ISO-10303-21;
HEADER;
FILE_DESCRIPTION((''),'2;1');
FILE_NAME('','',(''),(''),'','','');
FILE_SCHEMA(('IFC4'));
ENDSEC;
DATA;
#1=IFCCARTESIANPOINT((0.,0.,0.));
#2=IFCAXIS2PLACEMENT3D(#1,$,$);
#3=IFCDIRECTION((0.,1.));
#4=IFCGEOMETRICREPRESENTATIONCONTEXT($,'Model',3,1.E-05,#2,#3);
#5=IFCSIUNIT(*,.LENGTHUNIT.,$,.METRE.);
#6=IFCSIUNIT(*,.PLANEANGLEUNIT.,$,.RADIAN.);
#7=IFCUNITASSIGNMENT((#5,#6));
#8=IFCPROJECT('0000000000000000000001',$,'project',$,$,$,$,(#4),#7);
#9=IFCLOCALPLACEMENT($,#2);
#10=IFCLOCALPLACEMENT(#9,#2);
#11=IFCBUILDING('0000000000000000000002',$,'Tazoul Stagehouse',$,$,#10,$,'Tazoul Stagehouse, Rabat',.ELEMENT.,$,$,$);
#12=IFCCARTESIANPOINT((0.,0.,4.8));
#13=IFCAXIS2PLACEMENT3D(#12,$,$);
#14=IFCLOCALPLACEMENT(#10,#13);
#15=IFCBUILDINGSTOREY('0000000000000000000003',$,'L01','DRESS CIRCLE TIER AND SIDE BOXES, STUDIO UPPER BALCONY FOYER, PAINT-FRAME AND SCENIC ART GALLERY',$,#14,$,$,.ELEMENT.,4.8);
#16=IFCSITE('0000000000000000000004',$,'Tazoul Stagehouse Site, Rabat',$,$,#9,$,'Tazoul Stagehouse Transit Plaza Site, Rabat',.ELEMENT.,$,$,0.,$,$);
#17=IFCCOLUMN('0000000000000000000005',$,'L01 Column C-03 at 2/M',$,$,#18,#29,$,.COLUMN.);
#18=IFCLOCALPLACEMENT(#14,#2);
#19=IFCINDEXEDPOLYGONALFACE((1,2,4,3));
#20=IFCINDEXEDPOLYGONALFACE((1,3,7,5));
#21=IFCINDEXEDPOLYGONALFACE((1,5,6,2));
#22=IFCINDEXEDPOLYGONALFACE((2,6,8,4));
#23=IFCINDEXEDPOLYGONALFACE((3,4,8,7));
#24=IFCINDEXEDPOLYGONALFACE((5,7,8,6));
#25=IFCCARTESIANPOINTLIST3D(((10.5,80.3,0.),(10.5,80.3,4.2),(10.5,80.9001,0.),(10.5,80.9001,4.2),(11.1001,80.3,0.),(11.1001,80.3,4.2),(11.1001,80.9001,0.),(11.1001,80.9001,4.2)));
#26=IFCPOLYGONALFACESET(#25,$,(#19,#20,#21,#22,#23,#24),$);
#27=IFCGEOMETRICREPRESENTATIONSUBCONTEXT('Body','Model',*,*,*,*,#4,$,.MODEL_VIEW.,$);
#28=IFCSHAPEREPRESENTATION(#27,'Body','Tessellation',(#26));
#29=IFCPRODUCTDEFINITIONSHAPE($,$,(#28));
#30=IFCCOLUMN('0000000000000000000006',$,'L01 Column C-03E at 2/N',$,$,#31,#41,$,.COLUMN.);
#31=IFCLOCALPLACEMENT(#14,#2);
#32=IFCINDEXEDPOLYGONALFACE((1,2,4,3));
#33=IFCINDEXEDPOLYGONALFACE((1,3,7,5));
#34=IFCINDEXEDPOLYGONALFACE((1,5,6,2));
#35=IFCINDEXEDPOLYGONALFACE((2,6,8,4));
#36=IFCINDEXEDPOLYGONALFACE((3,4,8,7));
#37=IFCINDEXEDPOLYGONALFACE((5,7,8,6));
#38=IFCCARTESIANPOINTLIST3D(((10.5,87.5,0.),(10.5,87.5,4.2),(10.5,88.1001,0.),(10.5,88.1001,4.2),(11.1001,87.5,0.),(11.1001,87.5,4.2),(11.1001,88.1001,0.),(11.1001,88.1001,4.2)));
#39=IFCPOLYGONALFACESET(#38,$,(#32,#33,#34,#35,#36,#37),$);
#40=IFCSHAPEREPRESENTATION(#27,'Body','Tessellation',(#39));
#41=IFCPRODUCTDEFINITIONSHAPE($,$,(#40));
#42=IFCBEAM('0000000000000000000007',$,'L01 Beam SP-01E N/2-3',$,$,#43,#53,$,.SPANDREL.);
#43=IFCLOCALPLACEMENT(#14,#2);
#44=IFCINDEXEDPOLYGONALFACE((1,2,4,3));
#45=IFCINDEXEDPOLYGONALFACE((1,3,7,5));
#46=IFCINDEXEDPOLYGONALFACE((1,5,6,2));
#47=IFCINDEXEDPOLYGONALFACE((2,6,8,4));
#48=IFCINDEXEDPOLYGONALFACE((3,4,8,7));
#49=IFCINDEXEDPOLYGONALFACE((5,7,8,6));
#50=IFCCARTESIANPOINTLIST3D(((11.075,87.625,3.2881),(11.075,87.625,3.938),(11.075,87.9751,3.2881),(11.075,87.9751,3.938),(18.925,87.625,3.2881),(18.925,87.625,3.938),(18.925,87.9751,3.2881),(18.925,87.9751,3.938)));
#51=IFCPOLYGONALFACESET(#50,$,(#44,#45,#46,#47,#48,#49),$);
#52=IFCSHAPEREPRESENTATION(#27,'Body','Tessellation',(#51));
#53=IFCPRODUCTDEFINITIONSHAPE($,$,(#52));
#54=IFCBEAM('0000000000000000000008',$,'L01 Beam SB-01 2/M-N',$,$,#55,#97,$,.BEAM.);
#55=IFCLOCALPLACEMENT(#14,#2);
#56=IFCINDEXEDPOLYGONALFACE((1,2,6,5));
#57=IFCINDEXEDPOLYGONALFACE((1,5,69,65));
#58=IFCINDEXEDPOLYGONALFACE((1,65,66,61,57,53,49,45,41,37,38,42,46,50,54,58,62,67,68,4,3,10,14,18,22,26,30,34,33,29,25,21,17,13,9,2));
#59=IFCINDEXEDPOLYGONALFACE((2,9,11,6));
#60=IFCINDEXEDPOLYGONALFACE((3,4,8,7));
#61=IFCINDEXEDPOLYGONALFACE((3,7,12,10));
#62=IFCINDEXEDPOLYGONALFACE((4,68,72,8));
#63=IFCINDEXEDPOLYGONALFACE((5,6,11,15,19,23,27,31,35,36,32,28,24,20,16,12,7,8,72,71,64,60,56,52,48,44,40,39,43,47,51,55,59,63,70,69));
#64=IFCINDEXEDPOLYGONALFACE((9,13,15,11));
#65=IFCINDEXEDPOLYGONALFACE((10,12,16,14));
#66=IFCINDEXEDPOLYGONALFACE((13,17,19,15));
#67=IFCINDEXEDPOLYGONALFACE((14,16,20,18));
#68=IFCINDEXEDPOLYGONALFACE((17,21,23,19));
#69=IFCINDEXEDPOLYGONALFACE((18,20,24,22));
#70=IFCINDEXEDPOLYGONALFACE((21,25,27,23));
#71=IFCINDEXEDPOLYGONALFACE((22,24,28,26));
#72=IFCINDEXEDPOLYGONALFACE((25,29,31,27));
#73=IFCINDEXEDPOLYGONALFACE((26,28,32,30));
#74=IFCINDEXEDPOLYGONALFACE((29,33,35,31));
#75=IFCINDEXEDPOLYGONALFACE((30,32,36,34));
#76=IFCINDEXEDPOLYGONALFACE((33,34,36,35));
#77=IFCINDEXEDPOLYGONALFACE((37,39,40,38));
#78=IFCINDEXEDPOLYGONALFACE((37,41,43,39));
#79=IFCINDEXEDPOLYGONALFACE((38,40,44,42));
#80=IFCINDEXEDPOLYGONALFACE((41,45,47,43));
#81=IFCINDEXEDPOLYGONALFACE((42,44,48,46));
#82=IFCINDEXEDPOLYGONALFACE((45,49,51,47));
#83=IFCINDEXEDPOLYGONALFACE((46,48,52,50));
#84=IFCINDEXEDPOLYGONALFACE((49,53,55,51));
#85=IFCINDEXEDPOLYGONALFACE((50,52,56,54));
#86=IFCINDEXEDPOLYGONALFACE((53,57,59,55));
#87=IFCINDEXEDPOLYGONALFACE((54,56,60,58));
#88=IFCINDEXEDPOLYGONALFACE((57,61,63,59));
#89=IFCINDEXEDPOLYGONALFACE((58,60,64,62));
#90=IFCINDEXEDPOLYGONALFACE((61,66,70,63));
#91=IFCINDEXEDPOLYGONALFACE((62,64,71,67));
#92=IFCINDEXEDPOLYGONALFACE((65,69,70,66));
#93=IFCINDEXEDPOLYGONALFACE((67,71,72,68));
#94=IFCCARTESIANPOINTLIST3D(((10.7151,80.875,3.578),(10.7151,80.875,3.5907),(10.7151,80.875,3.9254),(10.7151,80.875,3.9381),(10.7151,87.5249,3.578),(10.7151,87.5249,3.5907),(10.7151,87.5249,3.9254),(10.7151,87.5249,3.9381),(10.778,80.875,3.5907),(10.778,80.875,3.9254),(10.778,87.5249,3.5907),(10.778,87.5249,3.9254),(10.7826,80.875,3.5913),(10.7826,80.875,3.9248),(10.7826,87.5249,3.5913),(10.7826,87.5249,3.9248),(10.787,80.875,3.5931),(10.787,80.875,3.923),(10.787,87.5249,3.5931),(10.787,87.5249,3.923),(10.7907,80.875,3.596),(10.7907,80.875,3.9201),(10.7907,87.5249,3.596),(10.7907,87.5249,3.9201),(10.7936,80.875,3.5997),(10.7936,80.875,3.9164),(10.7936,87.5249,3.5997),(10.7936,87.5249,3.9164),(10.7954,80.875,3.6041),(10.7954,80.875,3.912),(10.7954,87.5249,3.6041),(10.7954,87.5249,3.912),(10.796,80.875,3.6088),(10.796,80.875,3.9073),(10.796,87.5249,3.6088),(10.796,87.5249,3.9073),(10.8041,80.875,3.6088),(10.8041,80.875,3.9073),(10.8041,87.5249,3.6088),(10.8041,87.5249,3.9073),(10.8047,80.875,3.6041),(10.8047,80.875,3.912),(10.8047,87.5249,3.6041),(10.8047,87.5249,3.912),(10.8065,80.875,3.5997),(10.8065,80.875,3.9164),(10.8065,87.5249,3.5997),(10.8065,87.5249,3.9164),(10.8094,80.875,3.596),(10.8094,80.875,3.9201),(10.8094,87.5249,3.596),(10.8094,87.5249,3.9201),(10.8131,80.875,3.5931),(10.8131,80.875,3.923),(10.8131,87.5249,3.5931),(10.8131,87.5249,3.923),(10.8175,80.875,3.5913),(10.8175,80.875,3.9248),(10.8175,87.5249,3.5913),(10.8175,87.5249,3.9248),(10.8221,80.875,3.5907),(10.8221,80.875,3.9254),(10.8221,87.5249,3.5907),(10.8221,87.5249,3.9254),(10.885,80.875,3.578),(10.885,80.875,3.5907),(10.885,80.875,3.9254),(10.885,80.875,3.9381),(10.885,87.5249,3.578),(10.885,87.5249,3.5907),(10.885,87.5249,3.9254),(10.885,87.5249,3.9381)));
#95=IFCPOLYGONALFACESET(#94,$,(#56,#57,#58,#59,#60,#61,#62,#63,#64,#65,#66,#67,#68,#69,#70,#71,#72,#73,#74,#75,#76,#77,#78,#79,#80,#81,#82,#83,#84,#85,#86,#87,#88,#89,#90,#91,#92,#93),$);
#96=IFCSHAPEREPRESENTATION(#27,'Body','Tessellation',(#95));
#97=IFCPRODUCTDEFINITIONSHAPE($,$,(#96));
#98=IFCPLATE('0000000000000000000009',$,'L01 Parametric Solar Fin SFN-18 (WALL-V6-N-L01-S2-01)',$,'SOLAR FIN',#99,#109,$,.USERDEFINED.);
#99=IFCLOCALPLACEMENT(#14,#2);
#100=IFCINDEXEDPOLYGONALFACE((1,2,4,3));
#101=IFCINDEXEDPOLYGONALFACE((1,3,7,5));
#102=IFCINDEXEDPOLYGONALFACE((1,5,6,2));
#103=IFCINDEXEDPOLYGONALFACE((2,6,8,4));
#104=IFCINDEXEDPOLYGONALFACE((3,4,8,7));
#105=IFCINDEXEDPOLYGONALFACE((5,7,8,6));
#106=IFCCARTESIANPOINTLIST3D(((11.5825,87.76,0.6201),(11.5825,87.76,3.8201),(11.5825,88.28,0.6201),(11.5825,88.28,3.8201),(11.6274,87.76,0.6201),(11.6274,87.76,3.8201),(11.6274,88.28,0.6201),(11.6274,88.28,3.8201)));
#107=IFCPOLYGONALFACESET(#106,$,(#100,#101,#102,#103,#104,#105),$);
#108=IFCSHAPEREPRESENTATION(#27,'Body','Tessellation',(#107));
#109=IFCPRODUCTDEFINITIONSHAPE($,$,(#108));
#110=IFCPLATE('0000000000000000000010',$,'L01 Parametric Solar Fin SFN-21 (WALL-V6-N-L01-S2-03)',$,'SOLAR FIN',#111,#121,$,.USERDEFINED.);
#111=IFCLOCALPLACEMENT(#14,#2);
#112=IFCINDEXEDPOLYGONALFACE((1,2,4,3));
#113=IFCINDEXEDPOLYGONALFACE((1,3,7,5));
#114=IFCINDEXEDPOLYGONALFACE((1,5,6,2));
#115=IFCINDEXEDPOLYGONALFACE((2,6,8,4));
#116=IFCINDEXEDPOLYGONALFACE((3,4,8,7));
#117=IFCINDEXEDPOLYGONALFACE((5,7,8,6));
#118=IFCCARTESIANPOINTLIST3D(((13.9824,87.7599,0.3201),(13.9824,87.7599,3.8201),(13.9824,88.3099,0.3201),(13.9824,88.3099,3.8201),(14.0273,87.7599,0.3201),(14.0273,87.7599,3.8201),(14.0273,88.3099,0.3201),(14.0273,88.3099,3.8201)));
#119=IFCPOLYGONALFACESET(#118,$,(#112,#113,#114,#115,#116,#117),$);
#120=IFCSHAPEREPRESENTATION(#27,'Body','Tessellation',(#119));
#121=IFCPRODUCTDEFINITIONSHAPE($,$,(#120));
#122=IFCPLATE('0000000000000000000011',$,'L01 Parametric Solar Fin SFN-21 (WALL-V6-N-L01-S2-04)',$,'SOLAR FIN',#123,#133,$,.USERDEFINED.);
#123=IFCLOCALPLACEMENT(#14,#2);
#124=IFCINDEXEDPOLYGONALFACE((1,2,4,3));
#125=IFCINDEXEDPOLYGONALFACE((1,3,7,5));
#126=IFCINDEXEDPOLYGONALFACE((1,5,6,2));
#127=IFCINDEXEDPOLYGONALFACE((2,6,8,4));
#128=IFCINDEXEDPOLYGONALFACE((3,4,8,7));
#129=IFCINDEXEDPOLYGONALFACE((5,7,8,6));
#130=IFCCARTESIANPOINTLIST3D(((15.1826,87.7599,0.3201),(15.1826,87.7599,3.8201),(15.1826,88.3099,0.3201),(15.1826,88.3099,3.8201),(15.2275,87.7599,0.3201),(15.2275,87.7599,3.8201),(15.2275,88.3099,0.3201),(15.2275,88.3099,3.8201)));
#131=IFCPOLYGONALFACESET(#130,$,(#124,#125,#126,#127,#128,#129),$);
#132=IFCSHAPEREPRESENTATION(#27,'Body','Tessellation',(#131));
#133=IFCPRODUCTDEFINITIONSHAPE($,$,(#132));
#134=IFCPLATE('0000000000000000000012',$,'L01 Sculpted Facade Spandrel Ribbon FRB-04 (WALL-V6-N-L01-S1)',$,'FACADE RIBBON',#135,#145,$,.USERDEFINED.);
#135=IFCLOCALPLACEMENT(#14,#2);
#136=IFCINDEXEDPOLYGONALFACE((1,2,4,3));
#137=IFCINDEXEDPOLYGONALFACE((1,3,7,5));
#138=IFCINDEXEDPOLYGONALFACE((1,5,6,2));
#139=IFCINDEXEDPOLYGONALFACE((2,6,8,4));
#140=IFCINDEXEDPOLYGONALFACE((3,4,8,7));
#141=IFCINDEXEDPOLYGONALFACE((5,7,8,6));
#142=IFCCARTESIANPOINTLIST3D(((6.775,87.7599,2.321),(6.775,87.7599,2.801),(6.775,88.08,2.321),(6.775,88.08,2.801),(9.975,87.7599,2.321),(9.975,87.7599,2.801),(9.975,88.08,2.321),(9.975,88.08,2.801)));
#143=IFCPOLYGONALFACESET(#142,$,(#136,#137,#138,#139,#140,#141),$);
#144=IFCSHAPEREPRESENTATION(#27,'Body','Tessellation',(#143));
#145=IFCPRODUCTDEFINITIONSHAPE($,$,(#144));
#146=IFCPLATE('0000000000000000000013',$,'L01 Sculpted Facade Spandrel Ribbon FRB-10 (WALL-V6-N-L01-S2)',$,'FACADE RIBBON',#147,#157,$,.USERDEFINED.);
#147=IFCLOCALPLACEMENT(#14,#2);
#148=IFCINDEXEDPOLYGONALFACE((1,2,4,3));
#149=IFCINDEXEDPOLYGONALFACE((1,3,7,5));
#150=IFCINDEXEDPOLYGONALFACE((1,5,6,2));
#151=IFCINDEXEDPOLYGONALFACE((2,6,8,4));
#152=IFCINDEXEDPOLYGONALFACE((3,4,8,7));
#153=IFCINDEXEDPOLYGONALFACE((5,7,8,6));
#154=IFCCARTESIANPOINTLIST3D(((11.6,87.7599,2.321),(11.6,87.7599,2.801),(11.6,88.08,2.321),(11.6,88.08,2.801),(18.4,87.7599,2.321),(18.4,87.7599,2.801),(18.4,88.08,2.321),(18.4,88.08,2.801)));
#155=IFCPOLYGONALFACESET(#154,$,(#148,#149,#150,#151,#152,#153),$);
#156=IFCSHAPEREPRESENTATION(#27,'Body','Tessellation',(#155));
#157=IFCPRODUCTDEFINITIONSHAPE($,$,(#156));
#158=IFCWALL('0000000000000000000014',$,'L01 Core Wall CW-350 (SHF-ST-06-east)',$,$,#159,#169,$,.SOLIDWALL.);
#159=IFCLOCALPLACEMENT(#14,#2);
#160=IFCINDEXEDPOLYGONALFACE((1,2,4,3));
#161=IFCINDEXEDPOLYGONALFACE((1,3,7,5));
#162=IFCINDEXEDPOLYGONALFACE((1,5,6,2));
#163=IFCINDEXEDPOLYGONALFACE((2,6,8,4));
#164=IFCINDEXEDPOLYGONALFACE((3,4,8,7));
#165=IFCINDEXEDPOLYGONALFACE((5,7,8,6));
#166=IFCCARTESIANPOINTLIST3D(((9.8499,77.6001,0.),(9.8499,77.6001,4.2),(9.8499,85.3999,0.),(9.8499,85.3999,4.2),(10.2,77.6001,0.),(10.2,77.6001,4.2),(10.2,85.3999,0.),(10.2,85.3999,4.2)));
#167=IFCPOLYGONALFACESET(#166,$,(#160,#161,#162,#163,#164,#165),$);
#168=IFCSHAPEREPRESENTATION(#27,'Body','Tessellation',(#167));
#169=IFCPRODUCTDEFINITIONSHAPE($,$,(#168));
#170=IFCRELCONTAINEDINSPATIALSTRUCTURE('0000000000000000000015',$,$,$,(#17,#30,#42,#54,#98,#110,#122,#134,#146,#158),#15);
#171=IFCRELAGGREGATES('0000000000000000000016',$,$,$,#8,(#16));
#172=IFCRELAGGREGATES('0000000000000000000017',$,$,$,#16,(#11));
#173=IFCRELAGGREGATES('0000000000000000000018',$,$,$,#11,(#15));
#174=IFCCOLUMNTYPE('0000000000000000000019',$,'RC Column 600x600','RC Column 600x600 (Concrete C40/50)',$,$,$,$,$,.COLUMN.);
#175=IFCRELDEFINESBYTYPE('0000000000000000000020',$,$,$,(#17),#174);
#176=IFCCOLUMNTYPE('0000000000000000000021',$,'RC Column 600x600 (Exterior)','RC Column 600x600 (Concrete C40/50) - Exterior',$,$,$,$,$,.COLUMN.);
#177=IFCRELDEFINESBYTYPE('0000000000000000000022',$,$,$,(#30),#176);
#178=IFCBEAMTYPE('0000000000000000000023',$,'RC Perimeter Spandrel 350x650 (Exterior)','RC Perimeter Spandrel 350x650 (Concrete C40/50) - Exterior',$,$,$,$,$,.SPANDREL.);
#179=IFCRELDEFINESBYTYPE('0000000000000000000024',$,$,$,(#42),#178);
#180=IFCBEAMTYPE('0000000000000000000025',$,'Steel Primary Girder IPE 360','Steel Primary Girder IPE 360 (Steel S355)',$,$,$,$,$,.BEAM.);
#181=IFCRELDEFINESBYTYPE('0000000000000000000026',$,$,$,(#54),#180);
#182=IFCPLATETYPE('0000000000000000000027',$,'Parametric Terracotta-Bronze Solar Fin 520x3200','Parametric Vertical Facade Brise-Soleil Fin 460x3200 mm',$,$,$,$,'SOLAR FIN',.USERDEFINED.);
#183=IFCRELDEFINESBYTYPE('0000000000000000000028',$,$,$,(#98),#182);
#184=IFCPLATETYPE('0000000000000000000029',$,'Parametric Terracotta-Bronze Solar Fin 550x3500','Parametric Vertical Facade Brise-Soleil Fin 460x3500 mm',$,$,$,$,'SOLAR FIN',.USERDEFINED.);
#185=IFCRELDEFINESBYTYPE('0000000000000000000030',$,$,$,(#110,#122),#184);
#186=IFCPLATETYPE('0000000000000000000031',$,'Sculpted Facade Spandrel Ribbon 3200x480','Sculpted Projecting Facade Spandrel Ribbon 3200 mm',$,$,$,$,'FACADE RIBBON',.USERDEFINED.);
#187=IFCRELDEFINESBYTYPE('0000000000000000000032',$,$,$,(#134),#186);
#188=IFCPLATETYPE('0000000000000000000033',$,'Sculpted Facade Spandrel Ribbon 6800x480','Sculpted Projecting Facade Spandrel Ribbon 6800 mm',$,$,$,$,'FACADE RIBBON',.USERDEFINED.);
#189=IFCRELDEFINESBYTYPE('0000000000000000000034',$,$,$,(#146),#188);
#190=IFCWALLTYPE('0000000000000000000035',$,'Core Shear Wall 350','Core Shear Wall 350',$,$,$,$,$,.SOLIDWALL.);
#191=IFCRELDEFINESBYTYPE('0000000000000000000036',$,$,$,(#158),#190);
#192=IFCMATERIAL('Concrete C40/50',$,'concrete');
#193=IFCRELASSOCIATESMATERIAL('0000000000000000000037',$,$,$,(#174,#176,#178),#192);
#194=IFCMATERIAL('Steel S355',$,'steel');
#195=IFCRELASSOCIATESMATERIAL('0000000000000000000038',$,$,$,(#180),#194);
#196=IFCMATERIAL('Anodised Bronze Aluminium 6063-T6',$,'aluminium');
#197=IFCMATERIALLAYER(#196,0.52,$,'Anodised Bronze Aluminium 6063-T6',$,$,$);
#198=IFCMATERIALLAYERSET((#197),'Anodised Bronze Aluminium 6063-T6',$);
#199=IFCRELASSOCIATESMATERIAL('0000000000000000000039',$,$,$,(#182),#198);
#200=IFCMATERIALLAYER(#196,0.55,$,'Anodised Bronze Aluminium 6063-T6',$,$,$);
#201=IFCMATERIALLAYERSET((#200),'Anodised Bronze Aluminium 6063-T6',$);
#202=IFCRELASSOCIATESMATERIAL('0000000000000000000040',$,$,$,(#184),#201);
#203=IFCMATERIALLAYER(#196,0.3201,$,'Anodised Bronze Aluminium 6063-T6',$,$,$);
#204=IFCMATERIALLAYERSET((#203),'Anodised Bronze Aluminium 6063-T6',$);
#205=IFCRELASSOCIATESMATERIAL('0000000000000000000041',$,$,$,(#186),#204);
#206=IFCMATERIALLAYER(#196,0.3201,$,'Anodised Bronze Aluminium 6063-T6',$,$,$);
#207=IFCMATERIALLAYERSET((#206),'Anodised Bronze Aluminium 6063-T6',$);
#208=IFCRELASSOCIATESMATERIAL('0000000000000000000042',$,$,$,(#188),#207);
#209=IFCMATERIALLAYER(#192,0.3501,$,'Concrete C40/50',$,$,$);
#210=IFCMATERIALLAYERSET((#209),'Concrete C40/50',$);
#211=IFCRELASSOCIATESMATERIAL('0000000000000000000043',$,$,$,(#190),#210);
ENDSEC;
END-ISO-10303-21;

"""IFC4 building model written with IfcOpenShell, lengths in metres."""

from ifc_helpers import new_model, si_unit, direction, frame, frame_2d, origin, origin_2d, place, context, subcontext, project, spatial, rectangle, i_section, extrude, material, layer, layer_set, material_profile, profile_set, type_object, element, save


model = new_model("IFC4")

# Units and contexts
model_context = context("Model", 3, precision=1e-05, world=origin(), true_north=direction((0.0, 1.0)))
body_context = subcontext(model_context, "Body", "Model", "MODEL_VIEW")
ifc_project = project(units=[si_unit("LENGTHUNIT", "METRE"), si_unit("PLANEANGLEUNIT", "RADIAN")], contexts=[model_context])

# Site, building, storey
site_placement = place(None, origin())
site = spatial("IfcSite", under=ifc_project, at=site_placement, Name="Tazoul Stagehouse Site, Rabat", LongName="Tazoul Stagehouse Transit Plaza Site, Rabat", CompositionType="ELEMENT", RefElevation=0.0)
building_placement = place(site_placement, origin())
building = spatial("IfcBuilding", under=site, at=building_placement, Name="Tazoul Stagehouse", LongName="Tazoul Stagehouse, Rabat", CompositionType="ELEMENT")
storey_placement = place(building_placement, frame((0.0, 0.0, 4.8)))
storey = spatial("IfcBuildingStorey", under=building, at=storey_placement, Name="L01", Description="DRESS CIRCLE TIER AND SIDE BOXES, STUDIO UPPER BALCONY FOYER, PAINT-FRAME AND SCENIC ART GALLERY", CompositionType="ELEMENT", Elevation=4.8)

# Columns
ifc_material_1 = material(Name="Concrete C40/50", Category="concrete")
ifc_material_profile_1 = material_profile(ifc_material_1, rectangle(XDim=0.6001, YDim=0.6001, at=origin_2d()), Name="RC 600x600")
ifc_profile_set_1 = profile_set([ifc_material_profile_1], Name="Concrete C40/50")
column_type_1 = type_object("IfcColumnType", Name="RC Column 600x600", Description="RC Column 600x600 (Concrete C40/50)", PredefinedType="COLUMN", material=ifc_profile_set_1)
column_1_placement = place(storey_placement, frame((10.8, 80.6001, 0.0), z_axis=(0.0, 0.0, 1.0), x_axis=(1.0, 0.0, 0.0)))
element("IfcColumn", 1, at=column_1_placement, inside=storey, type_object=column_type_1, Name="L01 Column C-03 at 2/M", PredefinedType="COLUMN", context=body_context, shape_type="SweptSolid", body=[
    extrude(rectangle(XDim=0.6001, YDim=0.6001, at=origin_2d()), origin(), (0.0, 0.0, 1.0), 4.2),
])
ifc_material_profile_2 = material_profile(ifc_material_1, rectangle(XDim=0.6001, YDim=0.6001, at=origin_2d()), Name="RC 600x600")
ifc_profile_set_2 = profile_set([ifc_material_profile_2], Name="Concrete C40/50")
column_type_2 = type_object("IfcColumnType", Name="RC Column 600x600 (Exterior)", Description="RC Column 600x600 (Concrete C40/50) - Exterior", PredefinedType="COLUMN", material=ifc_profile_set_2)
column_2_placement = place(storey_placement, frame((10.8, 87.8, 0.0), z_axis=(0.0, 0.0, 1.0), x_axis=(1.0, 0.0, 0.0)))
element("IfcColumn", 2, at=column_2_placement, inside=storey, type_object=column_type_2, Name="L01 Column C-03E at 2/N", PredefinedType="COLUMN", context=body_context, shape_type="SweptSolid", body=[
    extrude(rectangle(XDim=0.6001, YDim=0.6001, at=origin_2d()), origin(), (0.0, 0.0, 1.0), 4.2),
])

# Beams
ifc_material_profile_3 = material_profile(ifc_material_1, rectangle(XDim=0.3501, YDim=0.6499, at=origin_2d()), Name="RC 350x650")
ifc_profile_set_3 = profile_set([ifc_material_profile_3], Name="Concrete C40/50")
beam_type_1 = type_object("IfcBeamType", Name="RC Perimeter Spandrel 350x650 (Exterior)", Description="RC Perimeter Spandrel 350x650 (Concrete C40/50) - Exterior", PredefinedType="SPANDREL", material=ifc_profile_set_3)
beam_1_placement = place(storey_placement, frame((11.075, 87.8, 3.613), z_axis=(1.0, 0.0, 0.0), x_axis=(0.0, 1.0, 0.0)))
element("IfcBeam", 3, at=beam_1_placement, inside=storey, type_object=beam_type_1, Name="L01 Beam SP-01E N/2-3", PredefinedType="SPANDREL", context=body_context, shape_type="SweptSolid", body=[
    extrude(rectangle(XDim=0.3501, YDim=0.6499, at=origin_2d()), origin(), (0.0, 0.0, 1.0), 7.8501),
])
ifc_material_2 = material(Name="Steel S355", Category="steel")
ifc_material_profile_4 = material_profile(ifc_material_2, i_section(OverallWidth=0.1699, OverallDepth=0.3601, WebThickness=0.0081, FlangeThickness=0.0127, FilletRadius=0.0181, at=origin_2d()), Name="IPE 360")
ifc_profile_set_4 = profile_set([ifc_material_profile_4], Name="Steel S355")
beam_type_2 = type_object("IfcBeamType", Name="Steel Primary Girder IPE 360", Description="Steel Primary Girder IPE 360 (Steel S355)", PredefinedType="BEAM", material=ifc_profile_set_4)
beam_2_placement = place(storey_placement, frame((10.8, 80.875, 3.7581), z_axis=(0.0, 1.0, 0.0), x_axis=(-1.0, 0.0, 0.0)))
element("IfcBeam", 4, at=beam_2_placement, inside=storey, type_object=beam_type_2, Name="L01 Beam SB-01 2/M-N", PredefinedType="BEAM", context=body_context, shape_type="SweptSolid", body=[
    extrude(i_section(OverallWidth=0.1699, OverallDepth=0.3601, WebThickness=0.0081, FlangeThickness=0.0127, FilletRadius=0.0181, at=origin_2d()), origin(), (0.0, 0.0, 1.0), 6.6499),
])

# Plates
ifc_material_3 = material(Name="Anodised Bronze Aluminium 6063-T6", Category="aluminium")
ifc_layer_1 = layer(ifc_material_3, 0.52, Name="Anodised Bronze Aluminium 6063-T6")
ifc_layer_set_1 = layer_set([ifc_layer_1], Name="Anodised Bronze Aluminium 6063-T6")
plate_type_1 = type_object("IfcPlateType", Name="Parametric Terracotta-Bronze Solar Fin 520x3200", Description="Parametric Vertical Facade Brise-Soleil Fin 460x3200 mm", ElementType="SOLAR FIN", PredefinedType="USERDEFINED", material=ifc_layer_set_1)
plate_1_placement = place(storey_placement, frame((11.605, 88.02, 0.6201), z_axis=(0.0, 0.0, 1.0), x_axis=(1.0, 0.0, 0.0)))
element("IfcPlate", 5, at=plate_1_placement, inside=storey, type_object=plate_type_1, Name="L01 Parametric Solar Fin SFN-18 (WALL-V6-N-L01-S2-01)", ObjectType="SOLAR FIN", PredefinedType="USERDEFINED", context=body_context, shape_type="SweptSolid", body=[
    extrude(rectangle(XDim=0.0449, YDim=0.52, at=origin_2d()), origin(), (0.0, 0.0, 1.0), 3.2),
])
ifc_layer_2 = layer(ifc_material_3, 0.55, Name="Anodised Bronze Aluminium 6063-T6")
ifc_layer_set_2 = layer_set([ifc_layer_2], Name="Anodised Bronze Aluminium 6063-T6")
plate_type_2 = type_object("IfcPlateType", Name="Parametric Terracotta-Bronze Solar Fin 550x3500", Description="Parametric Vertical Facade Brise-Soleil Fin 460x3500 mm", ElementType="SOLAR FIN", PredefinedType="USERDEFINED", material=ifc_layer_set_2)
for number, where, z_axis, x_axis, name in (
    (6, (14.0049, 88.0349, 0.3201), (0.0, 0.0, 1.0), (1.0, 0.0, 0.0), "L01 Parametric Solar Fin SFN-21 (WALL-V6-N-L01-S2-03)"),
    (7, (15.2051, 88.0349, 0.3201), (0.0, 0.0, 1.0), (1.0, 0.0, 0.0), "L01 Parametric Solar Fin SFN-21 (WALL-V6-N-L01-S2-04)"),
):
    element("IfcPlate", number, at=place(storey_placement, frame(where, z_axis=z_axis, x_axis=x_axis)), inside=storey, type_object=plate_type_2, Name=name, ObjectType="SOLAR FIN", PredefinedType="USERDEFINED", context=body_context, shape_type="SweptSolid", body=[
        extrude(rectangle(XDim=0.0449, YDim=0.55, at=origin_2d()), origin(), (0.0, 0.0, 1.0), 3.5),
    ])
ifc_layer_3 = layer(ifc_material_3, 0.3201, Name="Anodised Bronze Aluminium 6063-T6")
ifc_layer_set_3 = layer_set([ifc_layer_3], Name="Anodised Bronze Aluminium 6063-T6")
plate_type_3 = type_object("IfcPlateType", Name="Sculpted Facade Spandrel Ribbon 3200x480", Description="Sculpted Projecting Facade Spandrel Ribbon 3200 mm", ElementType="FACADE RIBBON", PredefinedType="USERDEFINED", material=ifc_layer_set_3)
plate_2_placement = place(storey_placement, frame((8.375, 87.9199, 2.321), z_axis=(0.0, 0.0, 1.0), x_axis=(1.0, 0.0, 0.0)))
element("IfcPlate", 8, at=plate_2_placement, inside=storey, type_object=plate_type_3, Name="L01 Sculpted Facade Spandrel Ribbon FRB-04 (WALL-V6-N-L01-S1)", ObjectType="FACADE RIBBON", PredefinedType="USERDEFINED", context=body_context, shape_type="SweptSolid", body=[
    extrude(rectangle(XDim=3.2, YDim=0.3201, at=origin_2d()), origin(), (0.0, 0.0, 1.0), 0.48),
])
ifc_layer_4 = layer(ifc_material_3, 0.3201, Name="Anodised Bronze Aluminium 6063-T6")
ifc_layer_set_4 = layer_set([ifc_layer_4], Name="Anodised Bronze Aluminium 6063-T6")
plate_type_4 = type_object("IfcPlateType", Name="Sculpted Facade Spandrel Ribbon 6800x480", Description="Sculpted Projecting Facade Spandrel Ribbon 6800 mm", ElementType="FACADE RIBBON", PredefinedType="USERDEFINED", material=ifc_layer_set_4)
plate_3_placement = place(storey_placement, frame((15.0, 87.9199, 2.321), z_axis=(0.0, 0.0, 1.0), x_axis=(1.0, 0.0, 0.0)))
element("IfcPlate", 9, at=plate_3_placement, inside=storey, type_object=plate_type_4, Name="L01 Sculpted Facade Spandrel Ribbon FRB-10 (WALL-V6-N-L01-S2)", ObjectType="FACADE RIBBON", PredefinedType="USERDEFINED", context=body_context, shape_type="SweptSolid", body=[
    extrude(rectangle(XDim=6.8, YDim=0.3201, at=origin_2d()), origin(), (0.0, 0.0, 1.0), 0.48),
])

# Wall
ifc_layer_5 = layer(ifc_material_1, 0.3501, Name="Concrete C40/50")
ifc_layer_set_5 = layer_set([ifc_layer_5], Name="Concrete C40/50")
wall_type_1 = type_object("IfcWallType", Name="Core Shear Wall 350", Description="Core Shear Wall 350", PredefinedType="SOLIDWALL", material=ifc_layer_set_5)
wall_1_placement = place(storey_placement, frame((10.0249, 85.3999, 0.0), z_axis=(0.0, 0.0, 1.0), x_axis=(0.0, -1.0, 0.0)))
element("IfcWall", 10, at=wall_1_placement, inside=storey, type_object=wall_type_1, Name="L01 Core Wall CW-350 (SHF-ST-06-east)", PredefinedType="SOLIDWALL", context=body_context, shape_type="SweptSolid", body=[
    extrude(rectangle(XDim=7.7998, YDim=0.3501, at=frame_2d((3.8999, 0.0))), origin(), (0.0, 0.0, 1.0), 4.2),
])

save(model, "model.ifc")
